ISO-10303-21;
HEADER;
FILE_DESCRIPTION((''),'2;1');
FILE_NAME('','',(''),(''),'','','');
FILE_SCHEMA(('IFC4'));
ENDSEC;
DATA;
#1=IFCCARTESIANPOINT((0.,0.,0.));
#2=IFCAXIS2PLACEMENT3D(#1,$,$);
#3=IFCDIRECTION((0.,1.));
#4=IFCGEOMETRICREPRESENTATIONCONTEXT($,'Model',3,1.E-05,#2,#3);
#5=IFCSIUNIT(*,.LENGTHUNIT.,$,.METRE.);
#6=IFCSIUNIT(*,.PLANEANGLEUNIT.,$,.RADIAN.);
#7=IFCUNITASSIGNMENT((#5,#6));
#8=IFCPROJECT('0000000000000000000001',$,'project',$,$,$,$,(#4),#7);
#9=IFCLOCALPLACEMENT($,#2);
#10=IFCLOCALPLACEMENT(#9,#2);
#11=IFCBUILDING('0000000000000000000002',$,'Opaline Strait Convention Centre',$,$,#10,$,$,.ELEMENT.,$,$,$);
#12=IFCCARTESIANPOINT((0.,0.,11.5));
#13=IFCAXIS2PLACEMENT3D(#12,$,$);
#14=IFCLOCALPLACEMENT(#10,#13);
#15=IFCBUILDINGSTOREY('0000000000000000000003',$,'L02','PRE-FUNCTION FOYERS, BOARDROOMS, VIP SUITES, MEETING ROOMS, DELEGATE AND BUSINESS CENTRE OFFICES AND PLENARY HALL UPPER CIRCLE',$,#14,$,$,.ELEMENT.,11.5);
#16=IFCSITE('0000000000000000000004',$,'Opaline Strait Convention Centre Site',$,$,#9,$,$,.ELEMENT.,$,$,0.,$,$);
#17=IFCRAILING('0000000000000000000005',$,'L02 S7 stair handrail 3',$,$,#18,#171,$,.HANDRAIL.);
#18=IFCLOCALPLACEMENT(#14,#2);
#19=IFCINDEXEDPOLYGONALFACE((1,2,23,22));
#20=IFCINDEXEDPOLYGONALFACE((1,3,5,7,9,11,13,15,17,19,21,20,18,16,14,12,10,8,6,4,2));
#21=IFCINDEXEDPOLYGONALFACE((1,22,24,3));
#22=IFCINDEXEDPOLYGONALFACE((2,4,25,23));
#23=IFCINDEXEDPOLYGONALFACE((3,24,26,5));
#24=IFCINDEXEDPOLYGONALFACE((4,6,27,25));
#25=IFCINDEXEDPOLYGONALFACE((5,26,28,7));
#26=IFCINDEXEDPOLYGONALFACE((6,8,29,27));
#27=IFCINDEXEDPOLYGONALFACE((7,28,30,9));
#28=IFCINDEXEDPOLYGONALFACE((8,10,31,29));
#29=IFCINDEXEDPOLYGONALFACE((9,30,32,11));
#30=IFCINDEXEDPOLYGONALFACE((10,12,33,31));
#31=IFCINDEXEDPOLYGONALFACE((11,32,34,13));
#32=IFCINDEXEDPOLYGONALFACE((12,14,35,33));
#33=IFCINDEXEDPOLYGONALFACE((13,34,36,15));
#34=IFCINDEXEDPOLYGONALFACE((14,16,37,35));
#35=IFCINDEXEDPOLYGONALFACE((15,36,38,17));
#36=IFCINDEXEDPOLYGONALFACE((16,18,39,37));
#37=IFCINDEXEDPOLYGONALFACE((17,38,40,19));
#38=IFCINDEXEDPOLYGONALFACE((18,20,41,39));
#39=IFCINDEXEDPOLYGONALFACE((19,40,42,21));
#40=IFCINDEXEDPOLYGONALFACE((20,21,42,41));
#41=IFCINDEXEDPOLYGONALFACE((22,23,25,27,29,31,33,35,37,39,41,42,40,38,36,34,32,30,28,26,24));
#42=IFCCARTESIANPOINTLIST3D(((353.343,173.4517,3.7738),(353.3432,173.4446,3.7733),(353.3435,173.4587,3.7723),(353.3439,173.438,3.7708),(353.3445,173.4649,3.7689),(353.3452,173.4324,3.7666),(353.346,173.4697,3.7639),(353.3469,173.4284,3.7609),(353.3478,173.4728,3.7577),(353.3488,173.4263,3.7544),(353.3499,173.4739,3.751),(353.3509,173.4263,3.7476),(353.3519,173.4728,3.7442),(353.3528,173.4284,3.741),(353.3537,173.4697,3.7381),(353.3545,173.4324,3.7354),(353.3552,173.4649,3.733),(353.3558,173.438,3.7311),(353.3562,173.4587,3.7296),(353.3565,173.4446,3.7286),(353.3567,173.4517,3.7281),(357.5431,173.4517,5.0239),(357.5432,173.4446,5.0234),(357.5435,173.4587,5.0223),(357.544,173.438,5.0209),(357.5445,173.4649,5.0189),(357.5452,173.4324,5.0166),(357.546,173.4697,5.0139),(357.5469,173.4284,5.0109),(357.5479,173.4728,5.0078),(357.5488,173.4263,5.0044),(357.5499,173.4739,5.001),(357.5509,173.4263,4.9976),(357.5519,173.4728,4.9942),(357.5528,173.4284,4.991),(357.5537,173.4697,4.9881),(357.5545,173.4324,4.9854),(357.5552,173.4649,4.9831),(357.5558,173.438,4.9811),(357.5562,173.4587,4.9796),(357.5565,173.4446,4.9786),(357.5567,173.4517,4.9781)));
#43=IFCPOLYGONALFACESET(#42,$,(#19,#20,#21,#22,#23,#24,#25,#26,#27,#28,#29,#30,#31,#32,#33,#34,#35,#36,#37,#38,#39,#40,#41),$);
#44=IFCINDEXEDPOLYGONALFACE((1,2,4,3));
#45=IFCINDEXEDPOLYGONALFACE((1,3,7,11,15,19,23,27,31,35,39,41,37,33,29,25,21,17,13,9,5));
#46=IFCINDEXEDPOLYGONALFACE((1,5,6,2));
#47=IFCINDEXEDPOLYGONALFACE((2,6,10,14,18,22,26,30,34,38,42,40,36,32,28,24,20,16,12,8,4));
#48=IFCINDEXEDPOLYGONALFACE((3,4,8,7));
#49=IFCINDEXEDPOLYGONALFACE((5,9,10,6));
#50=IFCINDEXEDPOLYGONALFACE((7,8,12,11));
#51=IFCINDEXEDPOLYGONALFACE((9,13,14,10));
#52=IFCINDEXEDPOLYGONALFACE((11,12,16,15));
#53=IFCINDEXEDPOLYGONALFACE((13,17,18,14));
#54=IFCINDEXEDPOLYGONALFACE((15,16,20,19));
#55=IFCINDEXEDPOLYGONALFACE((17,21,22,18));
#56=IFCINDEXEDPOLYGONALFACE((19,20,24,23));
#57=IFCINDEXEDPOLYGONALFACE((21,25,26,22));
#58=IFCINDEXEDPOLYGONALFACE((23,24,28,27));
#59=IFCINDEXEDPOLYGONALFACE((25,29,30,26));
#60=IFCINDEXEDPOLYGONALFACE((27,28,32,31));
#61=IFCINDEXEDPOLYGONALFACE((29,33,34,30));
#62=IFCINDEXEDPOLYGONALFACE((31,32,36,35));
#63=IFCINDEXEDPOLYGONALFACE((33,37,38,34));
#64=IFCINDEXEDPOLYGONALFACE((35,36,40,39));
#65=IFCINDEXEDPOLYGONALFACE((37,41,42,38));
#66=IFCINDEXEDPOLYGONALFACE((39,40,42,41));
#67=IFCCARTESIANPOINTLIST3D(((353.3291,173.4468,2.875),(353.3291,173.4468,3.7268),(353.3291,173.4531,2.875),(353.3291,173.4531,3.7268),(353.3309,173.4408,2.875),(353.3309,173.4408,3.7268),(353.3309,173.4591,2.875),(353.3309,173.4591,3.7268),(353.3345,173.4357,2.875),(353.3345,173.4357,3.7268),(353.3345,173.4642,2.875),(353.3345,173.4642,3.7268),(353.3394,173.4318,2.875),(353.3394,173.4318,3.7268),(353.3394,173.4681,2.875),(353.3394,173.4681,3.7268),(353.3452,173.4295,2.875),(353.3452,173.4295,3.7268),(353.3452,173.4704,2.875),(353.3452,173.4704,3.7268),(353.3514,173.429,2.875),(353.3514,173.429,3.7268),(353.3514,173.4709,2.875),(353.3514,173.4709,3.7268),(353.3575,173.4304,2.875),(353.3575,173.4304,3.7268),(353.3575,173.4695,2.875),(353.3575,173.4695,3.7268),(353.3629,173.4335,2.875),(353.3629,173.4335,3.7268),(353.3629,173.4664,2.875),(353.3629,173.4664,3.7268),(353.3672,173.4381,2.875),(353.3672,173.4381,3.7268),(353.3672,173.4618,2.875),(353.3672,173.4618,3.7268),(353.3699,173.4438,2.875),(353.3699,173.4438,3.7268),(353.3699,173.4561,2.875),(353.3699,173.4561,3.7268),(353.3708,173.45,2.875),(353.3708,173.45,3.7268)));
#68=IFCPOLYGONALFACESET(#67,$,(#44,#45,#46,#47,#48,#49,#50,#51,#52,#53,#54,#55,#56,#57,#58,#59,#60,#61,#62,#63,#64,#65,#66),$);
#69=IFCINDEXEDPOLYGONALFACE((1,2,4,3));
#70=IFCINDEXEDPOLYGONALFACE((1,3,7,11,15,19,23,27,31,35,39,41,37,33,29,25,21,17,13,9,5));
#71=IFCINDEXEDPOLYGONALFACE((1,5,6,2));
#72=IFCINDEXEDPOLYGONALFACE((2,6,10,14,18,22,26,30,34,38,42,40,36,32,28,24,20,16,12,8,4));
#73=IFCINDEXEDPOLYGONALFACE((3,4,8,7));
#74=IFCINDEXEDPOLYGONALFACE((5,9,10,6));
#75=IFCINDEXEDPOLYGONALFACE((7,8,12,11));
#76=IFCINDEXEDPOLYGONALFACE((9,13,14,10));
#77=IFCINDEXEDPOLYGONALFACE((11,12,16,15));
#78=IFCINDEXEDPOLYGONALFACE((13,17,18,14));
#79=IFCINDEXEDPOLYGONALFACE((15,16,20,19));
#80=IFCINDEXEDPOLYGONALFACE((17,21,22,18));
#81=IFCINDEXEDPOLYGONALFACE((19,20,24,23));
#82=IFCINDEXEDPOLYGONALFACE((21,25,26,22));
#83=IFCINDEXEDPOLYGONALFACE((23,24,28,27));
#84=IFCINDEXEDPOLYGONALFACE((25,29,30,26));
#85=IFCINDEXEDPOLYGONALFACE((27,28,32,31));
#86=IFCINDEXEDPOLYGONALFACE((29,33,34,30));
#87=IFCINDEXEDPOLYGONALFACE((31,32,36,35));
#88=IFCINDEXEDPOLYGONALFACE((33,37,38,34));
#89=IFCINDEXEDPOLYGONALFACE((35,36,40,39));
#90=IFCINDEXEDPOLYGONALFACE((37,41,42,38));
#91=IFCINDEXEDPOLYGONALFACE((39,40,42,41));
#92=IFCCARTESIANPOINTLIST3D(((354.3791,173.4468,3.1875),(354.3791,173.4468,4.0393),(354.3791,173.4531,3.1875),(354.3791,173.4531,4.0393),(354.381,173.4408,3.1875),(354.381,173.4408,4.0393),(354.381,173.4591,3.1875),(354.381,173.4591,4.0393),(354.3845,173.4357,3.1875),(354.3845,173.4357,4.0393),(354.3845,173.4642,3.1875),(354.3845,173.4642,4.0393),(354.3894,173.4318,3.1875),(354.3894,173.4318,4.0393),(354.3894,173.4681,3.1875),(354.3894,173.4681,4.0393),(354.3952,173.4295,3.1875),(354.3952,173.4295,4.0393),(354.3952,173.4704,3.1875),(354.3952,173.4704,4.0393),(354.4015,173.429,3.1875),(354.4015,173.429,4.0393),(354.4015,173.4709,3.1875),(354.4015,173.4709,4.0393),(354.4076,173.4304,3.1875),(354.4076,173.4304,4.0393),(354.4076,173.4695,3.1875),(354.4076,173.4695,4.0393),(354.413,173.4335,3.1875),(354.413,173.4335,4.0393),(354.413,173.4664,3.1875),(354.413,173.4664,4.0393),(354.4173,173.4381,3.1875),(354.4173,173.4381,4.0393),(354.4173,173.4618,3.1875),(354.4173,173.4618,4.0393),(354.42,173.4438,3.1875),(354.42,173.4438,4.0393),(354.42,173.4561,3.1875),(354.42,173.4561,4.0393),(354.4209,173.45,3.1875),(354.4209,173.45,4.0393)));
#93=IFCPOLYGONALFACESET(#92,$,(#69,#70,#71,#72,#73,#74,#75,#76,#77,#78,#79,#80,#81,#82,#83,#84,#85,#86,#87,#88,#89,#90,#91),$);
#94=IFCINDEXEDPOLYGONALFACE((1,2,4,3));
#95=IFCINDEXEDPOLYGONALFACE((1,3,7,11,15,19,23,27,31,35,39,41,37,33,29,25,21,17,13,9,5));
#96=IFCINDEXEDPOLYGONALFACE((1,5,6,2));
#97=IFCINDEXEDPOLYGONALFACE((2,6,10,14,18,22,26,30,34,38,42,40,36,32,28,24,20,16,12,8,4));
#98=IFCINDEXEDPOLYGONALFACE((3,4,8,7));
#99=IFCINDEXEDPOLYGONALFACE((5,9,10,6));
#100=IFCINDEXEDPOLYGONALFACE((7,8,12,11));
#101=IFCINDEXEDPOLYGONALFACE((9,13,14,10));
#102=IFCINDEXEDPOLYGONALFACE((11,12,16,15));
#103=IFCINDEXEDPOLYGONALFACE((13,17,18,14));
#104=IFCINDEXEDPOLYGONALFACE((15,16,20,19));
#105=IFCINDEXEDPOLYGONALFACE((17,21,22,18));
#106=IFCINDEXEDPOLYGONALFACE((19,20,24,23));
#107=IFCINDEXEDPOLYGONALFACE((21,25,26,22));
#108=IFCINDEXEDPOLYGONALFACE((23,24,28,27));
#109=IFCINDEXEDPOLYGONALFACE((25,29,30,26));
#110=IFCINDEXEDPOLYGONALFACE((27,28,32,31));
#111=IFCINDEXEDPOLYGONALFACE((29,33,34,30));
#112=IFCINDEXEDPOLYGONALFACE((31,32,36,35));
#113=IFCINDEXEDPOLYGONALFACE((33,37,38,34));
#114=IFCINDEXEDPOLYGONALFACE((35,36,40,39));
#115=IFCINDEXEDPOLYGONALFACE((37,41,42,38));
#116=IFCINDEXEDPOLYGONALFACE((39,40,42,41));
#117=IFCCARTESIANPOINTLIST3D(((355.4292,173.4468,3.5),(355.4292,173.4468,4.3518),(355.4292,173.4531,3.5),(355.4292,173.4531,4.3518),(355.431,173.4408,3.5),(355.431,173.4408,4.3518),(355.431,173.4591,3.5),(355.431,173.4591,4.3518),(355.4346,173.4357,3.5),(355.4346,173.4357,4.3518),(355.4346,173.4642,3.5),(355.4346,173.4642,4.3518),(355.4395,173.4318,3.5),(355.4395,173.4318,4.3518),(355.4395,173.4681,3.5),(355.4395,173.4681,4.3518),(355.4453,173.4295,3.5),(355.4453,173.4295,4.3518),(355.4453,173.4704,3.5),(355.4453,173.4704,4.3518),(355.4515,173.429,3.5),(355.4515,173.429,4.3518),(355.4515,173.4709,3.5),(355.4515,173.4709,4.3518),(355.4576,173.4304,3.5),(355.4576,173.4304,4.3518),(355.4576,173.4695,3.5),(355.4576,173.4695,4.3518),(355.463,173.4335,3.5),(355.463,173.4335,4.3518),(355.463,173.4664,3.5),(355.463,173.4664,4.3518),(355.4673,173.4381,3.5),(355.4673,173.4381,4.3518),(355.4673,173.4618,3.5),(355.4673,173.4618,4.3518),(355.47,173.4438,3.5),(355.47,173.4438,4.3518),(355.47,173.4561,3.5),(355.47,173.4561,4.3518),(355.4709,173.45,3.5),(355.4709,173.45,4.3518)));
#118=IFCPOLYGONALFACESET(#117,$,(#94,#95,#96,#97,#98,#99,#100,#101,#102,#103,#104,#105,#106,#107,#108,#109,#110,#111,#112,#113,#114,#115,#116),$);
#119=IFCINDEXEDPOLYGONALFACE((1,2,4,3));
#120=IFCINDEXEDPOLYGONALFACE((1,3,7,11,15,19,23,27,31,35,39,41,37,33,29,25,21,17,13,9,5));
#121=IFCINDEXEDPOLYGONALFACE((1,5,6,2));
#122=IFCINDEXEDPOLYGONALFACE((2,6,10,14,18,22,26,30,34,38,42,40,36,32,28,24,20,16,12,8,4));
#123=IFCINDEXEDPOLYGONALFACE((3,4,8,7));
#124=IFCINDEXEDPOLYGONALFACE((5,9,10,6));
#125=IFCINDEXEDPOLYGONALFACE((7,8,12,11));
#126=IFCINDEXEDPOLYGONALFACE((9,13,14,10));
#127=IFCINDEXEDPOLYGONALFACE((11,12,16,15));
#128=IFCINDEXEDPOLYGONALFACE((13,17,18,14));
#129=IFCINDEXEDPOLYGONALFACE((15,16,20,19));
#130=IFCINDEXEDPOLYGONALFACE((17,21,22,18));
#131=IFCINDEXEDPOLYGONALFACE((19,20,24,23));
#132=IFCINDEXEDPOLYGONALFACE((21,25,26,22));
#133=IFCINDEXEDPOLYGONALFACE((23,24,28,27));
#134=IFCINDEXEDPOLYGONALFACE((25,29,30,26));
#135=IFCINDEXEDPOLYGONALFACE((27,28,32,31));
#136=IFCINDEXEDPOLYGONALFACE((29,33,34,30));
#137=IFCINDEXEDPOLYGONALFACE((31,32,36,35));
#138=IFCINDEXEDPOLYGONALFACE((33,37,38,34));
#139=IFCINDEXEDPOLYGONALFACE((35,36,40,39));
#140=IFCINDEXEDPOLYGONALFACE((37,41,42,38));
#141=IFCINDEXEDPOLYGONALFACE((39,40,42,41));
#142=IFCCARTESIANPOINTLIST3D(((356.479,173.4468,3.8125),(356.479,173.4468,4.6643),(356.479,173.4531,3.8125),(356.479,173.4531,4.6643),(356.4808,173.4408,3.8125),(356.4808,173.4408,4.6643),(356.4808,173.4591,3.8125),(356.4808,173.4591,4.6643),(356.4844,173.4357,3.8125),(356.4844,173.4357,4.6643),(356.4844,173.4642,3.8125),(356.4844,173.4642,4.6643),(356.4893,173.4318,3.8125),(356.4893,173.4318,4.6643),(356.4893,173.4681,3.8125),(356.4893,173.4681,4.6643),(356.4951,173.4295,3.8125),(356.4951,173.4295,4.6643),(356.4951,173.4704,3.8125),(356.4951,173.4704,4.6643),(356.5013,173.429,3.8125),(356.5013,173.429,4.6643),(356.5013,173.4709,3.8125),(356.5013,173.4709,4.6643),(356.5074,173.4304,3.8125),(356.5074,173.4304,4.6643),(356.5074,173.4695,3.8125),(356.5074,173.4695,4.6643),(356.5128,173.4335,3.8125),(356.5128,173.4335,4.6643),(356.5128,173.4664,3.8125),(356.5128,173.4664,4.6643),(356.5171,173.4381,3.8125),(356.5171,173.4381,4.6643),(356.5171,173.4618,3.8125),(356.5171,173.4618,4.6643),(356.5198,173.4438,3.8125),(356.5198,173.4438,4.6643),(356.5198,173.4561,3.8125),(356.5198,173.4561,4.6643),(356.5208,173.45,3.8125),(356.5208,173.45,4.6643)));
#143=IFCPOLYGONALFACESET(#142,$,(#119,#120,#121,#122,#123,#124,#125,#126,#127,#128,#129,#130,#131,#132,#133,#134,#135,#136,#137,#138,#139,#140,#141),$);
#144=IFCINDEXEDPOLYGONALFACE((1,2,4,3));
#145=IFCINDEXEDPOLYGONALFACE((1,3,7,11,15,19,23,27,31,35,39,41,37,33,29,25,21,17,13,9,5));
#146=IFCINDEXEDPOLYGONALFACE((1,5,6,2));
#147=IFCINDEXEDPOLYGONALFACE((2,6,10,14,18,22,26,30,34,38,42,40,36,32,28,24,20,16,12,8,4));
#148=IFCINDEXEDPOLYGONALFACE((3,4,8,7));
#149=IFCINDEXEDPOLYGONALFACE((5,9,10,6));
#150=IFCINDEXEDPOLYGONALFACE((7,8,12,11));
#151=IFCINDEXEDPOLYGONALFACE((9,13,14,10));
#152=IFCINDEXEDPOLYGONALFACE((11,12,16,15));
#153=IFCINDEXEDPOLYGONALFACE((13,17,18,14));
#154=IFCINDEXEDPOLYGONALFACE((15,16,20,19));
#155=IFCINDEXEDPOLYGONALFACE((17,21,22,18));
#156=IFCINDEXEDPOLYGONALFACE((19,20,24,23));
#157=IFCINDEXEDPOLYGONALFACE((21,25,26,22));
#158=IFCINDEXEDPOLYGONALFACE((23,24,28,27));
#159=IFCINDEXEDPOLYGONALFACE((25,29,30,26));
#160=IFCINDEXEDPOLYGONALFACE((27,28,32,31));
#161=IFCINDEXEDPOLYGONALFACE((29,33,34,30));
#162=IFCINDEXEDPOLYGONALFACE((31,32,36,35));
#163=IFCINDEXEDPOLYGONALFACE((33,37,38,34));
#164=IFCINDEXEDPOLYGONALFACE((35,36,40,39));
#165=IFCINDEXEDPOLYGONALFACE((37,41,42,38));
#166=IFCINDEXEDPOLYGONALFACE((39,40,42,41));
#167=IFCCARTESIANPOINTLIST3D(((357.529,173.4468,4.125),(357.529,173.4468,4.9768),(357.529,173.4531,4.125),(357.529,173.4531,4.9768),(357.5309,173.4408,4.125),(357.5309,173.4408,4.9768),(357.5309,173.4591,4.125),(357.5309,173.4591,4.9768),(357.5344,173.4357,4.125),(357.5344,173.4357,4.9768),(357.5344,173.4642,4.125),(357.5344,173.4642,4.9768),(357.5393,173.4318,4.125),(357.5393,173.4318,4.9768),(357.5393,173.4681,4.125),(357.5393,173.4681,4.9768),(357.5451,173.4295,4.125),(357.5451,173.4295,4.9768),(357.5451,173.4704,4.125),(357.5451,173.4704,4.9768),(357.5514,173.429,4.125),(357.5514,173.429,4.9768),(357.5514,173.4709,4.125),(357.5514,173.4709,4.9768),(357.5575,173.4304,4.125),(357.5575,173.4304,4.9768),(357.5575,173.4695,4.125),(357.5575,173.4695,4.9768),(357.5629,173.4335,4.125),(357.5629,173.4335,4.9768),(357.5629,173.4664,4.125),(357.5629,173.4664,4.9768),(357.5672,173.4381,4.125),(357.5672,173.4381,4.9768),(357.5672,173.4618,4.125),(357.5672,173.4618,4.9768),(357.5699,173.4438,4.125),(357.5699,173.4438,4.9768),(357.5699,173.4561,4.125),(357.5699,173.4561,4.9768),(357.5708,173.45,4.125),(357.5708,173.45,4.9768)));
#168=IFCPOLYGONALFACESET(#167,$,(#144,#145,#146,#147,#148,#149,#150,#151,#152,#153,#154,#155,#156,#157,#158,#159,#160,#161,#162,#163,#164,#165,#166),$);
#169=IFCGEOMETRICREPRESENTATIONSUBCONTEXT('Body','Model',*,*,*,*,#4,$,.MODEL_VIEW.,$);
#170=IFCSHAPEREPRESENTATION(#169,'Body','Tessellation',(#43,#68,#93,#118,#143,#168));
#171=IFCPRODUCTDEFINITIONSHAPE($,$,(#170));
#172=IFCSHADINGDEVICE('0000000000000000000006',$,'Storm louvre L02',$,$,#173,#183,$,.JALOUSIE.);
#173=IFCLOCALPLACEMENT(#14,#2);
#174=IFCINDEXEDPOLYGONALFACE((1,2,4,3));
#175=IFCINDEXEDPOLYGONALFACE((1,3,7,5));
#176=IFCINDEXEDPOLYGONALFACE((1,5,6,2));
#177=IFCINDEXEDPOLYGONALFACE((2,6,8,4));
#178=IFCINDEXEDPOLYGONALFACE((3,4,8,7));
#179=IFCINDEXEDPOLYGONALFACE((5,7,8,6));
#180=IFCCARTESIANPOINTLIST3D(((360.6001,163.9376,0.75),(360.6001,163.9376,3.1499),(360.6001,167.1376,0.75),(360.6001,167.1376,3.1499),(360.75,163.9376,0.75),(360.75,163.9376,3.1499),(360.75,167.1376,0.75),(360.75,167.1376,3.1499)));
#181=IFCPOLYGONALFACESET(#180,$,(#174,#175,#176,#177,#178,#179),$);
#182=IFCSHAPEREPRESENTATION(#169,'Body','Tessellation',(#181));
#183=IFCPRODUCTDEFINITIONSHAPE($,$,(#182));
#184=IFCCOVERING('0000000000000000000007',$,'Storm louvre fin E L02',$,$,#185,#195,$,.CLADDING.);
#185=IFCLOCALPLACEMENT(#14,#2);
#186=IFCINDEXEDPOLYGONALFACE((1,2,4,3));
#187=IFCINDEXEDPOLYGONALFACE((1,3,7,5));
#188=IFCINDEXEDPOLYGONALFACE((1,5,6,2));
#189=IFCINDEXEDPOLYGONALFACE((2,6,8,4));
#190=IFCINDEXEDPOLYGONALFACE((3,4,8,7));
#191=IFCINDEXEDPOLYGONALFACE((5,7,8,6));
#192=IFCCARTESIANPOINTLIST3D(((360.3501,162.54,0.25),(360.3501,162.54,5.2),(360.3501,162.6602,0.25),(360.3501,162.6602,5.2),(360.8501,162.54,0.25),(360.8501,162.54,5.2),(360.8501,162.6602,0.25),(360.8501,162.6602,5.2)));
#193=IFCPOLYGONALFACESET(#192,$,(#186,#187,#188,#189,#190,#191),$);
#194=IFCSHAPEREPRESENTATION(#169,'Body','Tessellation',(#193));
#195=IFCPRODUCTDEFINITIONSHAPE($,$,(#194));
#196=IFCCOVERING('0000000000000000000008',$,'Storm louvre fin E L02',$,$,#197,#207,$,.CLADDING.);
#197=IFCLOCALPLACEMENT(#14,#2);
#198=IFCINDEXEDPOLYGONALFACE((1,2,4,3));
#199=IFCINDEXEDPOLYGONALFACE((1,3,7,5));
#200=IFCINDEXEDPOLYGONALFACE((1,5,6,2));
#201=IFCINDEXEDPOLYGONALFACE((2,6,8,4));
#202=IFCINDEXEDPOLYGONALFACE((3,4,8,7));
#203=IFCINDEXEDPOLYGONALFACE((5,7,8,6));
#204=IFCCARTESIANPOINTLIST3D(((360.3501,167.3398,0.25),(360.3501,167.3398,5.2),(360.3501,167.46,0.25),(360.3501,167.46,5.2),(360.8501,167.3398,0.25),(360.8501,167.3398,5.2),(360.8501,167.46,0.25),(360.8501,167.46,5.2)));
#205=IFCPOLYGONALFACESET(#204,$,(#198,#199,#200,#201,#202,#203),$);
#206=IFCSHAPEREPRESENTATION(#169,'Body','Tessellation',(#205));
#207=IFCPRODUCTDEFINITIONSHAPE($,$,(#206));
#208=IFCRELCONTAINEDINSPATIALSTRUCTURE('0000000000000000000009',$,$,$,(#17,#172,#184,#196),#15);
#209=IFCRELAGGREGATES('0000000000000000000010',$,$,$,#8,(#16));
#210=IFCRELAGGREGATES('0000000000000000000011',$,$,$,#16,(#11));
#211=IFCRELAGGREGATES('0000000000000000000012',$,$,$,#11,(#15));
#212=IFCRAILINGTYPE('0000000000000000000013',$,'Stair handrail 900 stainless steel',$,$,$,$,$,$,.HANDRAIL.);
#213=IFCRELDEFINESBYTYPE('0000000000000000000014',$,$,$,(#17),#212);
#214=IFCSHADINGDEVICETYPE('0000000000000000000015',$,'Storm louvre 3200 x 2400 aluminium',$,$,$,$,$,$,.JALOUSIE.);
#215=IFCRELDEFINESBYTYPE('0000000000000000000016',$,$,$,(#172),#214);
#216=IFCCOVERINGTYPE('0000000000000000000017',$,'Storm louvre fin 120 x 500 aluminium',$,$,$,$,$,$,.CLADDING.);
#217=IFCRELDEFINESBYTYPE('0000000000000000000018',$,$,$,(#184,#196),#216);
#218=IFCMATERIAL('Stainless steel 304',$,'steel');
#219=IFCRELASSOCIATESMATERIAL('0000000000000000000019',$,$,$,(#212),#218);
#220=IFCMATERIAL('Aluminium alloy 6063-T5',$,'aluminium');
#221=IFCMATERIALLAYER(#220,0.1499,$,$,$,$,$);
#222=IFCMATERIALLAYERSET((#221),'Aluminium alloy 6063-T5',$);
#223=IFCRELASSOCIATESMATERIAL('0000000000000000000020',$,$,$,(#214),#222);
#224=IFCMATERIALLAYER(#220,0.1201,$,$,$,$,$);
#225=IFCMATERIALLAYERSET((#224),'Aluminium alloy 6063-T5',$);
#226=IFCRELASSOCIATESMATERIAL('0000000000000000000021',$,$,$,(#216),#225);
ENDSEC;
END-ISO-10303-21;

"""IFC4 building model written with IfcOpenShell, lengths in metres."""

from ifc_helpers import new_model, si_unit, direction, frame, origin, origin_2d, place, context, subcontext, project, spatial, rectangle, circle, extrude, material, layer, layer_set, type_object, element, save


model = new_model("IFC4")

# Units and contexts
model_context = context("Model", 3, precision=1e-05, world=origin(), true_north=direction((0.0, 1.0)))
body_context = subcontext(model_context, "Body", "Model", "MODEL_VIEW")
ifc_project = project(units=[si_unit("LENGTHUNIT", "METRE"), si_unit("PLANEANGLEUNIT", "RADIAN")], contexts=[model_context])

# Site, building, storey
site_placement = place(None, origin())
site = spatial("IfcSite", under=ifc_project, at=site_placement, Name="Opaline Strait Convention Centre Site", CompositionType="ELEMENT", RefElevation=0.0)
building_placement = place(site_placement, origin())
building = spatial("IfcBuilding", under=site, at=building_placement, Name="Opaline Strait Convention Centre", CompositionType="ELEMENT")
storey_placement = place(building_placement, frame((0.0, 0.0, 11.5)))
storey = spatial("IfcBuildingStorey", under=building, at=storey_placement, Name="L02", Description="PRE-FUNCTION FOYERS, BOARDROOMS, VIP SUITES, MEETING ROOMS, DELEGATE AND BUSINESS CENTRE OFFICES AND PLENARY HALL UPPER CIRCLE", CompositionType="ELEMENT", Elevation=11.5)

# Railing
ifc_material_1 = material(Name="Stainless steel 304", Category="steel")
railing_type = type_object("IfcRailingType", Name="Stair handrail 900 stainless steel", PredefinedType="HANDRAIL", material=ifc_material_1)
for number, where, name in (
    (1, (353.3499, 173.45, 2.875), "L02 S7 stair handrail 3"),
):
    element("IfcRailing", number, at=place(storey_placement, frame(where)), inside=storey, type_object=railing_type, Name=name, PredefinedType="HANDRAIL", context=body_context, shape_type="SweptSolid", body=[
        extrude(circle(Radius=0.0239, at=origin_2d()), frame((0.0, 0.0, 0.876), z_axis=(0.958451, 0.0, 0.285257), x_axis=(0.0, 1.0, 0.0)), (0.0, 0.0, 1.0), 4.3821),
        extrude(circle(Radius=0.021, at=origin_2d()), origin(), (0.0, 0.0, 1.0), 0.8518),
        extrude(circle(Radius=0.021, at=origin_2d()), frame((1.05, 0.0, 0.3125)), (0.0, 0.0, 1.0), 0.8518),
        extrude(circle(Radius=0.021, at=origin_2d()), frame((2.1001, 0.0, 0.625)), (0.0, 0.0, 1.0), 0.8518),
        extrude(circle(Radius=0.021, at=origin_2d()), frame((3.1499, 0.0, 0.9375)), (0.0, 0.0, 1.0), 0.8518),
        extrude(circle(Radius=0.021, at=origin_2d()), frame((4.2, 0.0, 1.25)), (0.0, 0.0, 1.0), 0.8518),
    ])

# Shading device
ifc_material_2 = material(Name="Aluminium alloy 6063-T5", Category="aluminium")
ifc_layer_1 = layer(ifc_material_2, 0.1499)
ifc_layer_set_1 = layer_set([ifc_layer_1], Name="Aluminium alloy 6063-T5")
shading_device_type = type_object("IfcShadingDeviceType", Name="Storm louvre 3200 x 2400 aluminium", PredefinedType="JALOUSIE", material=ifc_layer_set_1)
shading_device_placement = place(storey_placement, frame((360.675, 165.5376, 0.75), z_axis=(0.0, 0.0, 1.0), x_axis=(1.0, 0.0, 0.0)))
element("IfcShadingDevice", 2, at=shading_device_placement, inside=storey, type_object=shading_device_type, Name="Storm louvre L02", PredefinedType="JALOUSIE", context=body_context, shape_type="SweptSolid", body=[
    extrude(rectangle(XDim=0.1499, YDim=3.2, at=origin_2d()), origin(), (0.0, 0.0, 1.0), 2.3999),
])

# Coverings
ifc_layer_2 = layer(ifc_material_2, 0.1201)
ifc_layer_set_2 = layer_set([ifc_layer_2], Name="Aluminium alloy 6063-T5")
covering_type = type_object("IfcCoveringType", Name="Storm louvre fin 120 x 500 aluminium", PredefinedType="CLADDING", material=ifc_layer_set_2)
for number, where, z_axis, x_axis, name in (
    (3, (360.6001, 162.6001, 0.25), (0.0, 0.0, 1.0), (1.0, 0.0, 0.0), "Storm louvre fin E L02"),
    (4, (360.6001, 167.3999, 0.25), (0.0, 0.0, 1.0), (1.0, 0.0, 0.0), "Storm louvre fin E L02"),
):
    element("IfcCovering", number, at=place(storey_placement, frame(where, z_axis=z_axis, x_axis=x_axis)), inside=storey, type_object=covering_type, Name=name, PredefinedType="CLADDING", context=body_context, shape_type="SweptSolid", body=[
        extrude(rectangle(XDim=0.5, YDim=0.1201, at=origin_2d()), origin(), (0.0, 0.0, 1.0), 4.95),
    ])

save(model, "model.ifc")
